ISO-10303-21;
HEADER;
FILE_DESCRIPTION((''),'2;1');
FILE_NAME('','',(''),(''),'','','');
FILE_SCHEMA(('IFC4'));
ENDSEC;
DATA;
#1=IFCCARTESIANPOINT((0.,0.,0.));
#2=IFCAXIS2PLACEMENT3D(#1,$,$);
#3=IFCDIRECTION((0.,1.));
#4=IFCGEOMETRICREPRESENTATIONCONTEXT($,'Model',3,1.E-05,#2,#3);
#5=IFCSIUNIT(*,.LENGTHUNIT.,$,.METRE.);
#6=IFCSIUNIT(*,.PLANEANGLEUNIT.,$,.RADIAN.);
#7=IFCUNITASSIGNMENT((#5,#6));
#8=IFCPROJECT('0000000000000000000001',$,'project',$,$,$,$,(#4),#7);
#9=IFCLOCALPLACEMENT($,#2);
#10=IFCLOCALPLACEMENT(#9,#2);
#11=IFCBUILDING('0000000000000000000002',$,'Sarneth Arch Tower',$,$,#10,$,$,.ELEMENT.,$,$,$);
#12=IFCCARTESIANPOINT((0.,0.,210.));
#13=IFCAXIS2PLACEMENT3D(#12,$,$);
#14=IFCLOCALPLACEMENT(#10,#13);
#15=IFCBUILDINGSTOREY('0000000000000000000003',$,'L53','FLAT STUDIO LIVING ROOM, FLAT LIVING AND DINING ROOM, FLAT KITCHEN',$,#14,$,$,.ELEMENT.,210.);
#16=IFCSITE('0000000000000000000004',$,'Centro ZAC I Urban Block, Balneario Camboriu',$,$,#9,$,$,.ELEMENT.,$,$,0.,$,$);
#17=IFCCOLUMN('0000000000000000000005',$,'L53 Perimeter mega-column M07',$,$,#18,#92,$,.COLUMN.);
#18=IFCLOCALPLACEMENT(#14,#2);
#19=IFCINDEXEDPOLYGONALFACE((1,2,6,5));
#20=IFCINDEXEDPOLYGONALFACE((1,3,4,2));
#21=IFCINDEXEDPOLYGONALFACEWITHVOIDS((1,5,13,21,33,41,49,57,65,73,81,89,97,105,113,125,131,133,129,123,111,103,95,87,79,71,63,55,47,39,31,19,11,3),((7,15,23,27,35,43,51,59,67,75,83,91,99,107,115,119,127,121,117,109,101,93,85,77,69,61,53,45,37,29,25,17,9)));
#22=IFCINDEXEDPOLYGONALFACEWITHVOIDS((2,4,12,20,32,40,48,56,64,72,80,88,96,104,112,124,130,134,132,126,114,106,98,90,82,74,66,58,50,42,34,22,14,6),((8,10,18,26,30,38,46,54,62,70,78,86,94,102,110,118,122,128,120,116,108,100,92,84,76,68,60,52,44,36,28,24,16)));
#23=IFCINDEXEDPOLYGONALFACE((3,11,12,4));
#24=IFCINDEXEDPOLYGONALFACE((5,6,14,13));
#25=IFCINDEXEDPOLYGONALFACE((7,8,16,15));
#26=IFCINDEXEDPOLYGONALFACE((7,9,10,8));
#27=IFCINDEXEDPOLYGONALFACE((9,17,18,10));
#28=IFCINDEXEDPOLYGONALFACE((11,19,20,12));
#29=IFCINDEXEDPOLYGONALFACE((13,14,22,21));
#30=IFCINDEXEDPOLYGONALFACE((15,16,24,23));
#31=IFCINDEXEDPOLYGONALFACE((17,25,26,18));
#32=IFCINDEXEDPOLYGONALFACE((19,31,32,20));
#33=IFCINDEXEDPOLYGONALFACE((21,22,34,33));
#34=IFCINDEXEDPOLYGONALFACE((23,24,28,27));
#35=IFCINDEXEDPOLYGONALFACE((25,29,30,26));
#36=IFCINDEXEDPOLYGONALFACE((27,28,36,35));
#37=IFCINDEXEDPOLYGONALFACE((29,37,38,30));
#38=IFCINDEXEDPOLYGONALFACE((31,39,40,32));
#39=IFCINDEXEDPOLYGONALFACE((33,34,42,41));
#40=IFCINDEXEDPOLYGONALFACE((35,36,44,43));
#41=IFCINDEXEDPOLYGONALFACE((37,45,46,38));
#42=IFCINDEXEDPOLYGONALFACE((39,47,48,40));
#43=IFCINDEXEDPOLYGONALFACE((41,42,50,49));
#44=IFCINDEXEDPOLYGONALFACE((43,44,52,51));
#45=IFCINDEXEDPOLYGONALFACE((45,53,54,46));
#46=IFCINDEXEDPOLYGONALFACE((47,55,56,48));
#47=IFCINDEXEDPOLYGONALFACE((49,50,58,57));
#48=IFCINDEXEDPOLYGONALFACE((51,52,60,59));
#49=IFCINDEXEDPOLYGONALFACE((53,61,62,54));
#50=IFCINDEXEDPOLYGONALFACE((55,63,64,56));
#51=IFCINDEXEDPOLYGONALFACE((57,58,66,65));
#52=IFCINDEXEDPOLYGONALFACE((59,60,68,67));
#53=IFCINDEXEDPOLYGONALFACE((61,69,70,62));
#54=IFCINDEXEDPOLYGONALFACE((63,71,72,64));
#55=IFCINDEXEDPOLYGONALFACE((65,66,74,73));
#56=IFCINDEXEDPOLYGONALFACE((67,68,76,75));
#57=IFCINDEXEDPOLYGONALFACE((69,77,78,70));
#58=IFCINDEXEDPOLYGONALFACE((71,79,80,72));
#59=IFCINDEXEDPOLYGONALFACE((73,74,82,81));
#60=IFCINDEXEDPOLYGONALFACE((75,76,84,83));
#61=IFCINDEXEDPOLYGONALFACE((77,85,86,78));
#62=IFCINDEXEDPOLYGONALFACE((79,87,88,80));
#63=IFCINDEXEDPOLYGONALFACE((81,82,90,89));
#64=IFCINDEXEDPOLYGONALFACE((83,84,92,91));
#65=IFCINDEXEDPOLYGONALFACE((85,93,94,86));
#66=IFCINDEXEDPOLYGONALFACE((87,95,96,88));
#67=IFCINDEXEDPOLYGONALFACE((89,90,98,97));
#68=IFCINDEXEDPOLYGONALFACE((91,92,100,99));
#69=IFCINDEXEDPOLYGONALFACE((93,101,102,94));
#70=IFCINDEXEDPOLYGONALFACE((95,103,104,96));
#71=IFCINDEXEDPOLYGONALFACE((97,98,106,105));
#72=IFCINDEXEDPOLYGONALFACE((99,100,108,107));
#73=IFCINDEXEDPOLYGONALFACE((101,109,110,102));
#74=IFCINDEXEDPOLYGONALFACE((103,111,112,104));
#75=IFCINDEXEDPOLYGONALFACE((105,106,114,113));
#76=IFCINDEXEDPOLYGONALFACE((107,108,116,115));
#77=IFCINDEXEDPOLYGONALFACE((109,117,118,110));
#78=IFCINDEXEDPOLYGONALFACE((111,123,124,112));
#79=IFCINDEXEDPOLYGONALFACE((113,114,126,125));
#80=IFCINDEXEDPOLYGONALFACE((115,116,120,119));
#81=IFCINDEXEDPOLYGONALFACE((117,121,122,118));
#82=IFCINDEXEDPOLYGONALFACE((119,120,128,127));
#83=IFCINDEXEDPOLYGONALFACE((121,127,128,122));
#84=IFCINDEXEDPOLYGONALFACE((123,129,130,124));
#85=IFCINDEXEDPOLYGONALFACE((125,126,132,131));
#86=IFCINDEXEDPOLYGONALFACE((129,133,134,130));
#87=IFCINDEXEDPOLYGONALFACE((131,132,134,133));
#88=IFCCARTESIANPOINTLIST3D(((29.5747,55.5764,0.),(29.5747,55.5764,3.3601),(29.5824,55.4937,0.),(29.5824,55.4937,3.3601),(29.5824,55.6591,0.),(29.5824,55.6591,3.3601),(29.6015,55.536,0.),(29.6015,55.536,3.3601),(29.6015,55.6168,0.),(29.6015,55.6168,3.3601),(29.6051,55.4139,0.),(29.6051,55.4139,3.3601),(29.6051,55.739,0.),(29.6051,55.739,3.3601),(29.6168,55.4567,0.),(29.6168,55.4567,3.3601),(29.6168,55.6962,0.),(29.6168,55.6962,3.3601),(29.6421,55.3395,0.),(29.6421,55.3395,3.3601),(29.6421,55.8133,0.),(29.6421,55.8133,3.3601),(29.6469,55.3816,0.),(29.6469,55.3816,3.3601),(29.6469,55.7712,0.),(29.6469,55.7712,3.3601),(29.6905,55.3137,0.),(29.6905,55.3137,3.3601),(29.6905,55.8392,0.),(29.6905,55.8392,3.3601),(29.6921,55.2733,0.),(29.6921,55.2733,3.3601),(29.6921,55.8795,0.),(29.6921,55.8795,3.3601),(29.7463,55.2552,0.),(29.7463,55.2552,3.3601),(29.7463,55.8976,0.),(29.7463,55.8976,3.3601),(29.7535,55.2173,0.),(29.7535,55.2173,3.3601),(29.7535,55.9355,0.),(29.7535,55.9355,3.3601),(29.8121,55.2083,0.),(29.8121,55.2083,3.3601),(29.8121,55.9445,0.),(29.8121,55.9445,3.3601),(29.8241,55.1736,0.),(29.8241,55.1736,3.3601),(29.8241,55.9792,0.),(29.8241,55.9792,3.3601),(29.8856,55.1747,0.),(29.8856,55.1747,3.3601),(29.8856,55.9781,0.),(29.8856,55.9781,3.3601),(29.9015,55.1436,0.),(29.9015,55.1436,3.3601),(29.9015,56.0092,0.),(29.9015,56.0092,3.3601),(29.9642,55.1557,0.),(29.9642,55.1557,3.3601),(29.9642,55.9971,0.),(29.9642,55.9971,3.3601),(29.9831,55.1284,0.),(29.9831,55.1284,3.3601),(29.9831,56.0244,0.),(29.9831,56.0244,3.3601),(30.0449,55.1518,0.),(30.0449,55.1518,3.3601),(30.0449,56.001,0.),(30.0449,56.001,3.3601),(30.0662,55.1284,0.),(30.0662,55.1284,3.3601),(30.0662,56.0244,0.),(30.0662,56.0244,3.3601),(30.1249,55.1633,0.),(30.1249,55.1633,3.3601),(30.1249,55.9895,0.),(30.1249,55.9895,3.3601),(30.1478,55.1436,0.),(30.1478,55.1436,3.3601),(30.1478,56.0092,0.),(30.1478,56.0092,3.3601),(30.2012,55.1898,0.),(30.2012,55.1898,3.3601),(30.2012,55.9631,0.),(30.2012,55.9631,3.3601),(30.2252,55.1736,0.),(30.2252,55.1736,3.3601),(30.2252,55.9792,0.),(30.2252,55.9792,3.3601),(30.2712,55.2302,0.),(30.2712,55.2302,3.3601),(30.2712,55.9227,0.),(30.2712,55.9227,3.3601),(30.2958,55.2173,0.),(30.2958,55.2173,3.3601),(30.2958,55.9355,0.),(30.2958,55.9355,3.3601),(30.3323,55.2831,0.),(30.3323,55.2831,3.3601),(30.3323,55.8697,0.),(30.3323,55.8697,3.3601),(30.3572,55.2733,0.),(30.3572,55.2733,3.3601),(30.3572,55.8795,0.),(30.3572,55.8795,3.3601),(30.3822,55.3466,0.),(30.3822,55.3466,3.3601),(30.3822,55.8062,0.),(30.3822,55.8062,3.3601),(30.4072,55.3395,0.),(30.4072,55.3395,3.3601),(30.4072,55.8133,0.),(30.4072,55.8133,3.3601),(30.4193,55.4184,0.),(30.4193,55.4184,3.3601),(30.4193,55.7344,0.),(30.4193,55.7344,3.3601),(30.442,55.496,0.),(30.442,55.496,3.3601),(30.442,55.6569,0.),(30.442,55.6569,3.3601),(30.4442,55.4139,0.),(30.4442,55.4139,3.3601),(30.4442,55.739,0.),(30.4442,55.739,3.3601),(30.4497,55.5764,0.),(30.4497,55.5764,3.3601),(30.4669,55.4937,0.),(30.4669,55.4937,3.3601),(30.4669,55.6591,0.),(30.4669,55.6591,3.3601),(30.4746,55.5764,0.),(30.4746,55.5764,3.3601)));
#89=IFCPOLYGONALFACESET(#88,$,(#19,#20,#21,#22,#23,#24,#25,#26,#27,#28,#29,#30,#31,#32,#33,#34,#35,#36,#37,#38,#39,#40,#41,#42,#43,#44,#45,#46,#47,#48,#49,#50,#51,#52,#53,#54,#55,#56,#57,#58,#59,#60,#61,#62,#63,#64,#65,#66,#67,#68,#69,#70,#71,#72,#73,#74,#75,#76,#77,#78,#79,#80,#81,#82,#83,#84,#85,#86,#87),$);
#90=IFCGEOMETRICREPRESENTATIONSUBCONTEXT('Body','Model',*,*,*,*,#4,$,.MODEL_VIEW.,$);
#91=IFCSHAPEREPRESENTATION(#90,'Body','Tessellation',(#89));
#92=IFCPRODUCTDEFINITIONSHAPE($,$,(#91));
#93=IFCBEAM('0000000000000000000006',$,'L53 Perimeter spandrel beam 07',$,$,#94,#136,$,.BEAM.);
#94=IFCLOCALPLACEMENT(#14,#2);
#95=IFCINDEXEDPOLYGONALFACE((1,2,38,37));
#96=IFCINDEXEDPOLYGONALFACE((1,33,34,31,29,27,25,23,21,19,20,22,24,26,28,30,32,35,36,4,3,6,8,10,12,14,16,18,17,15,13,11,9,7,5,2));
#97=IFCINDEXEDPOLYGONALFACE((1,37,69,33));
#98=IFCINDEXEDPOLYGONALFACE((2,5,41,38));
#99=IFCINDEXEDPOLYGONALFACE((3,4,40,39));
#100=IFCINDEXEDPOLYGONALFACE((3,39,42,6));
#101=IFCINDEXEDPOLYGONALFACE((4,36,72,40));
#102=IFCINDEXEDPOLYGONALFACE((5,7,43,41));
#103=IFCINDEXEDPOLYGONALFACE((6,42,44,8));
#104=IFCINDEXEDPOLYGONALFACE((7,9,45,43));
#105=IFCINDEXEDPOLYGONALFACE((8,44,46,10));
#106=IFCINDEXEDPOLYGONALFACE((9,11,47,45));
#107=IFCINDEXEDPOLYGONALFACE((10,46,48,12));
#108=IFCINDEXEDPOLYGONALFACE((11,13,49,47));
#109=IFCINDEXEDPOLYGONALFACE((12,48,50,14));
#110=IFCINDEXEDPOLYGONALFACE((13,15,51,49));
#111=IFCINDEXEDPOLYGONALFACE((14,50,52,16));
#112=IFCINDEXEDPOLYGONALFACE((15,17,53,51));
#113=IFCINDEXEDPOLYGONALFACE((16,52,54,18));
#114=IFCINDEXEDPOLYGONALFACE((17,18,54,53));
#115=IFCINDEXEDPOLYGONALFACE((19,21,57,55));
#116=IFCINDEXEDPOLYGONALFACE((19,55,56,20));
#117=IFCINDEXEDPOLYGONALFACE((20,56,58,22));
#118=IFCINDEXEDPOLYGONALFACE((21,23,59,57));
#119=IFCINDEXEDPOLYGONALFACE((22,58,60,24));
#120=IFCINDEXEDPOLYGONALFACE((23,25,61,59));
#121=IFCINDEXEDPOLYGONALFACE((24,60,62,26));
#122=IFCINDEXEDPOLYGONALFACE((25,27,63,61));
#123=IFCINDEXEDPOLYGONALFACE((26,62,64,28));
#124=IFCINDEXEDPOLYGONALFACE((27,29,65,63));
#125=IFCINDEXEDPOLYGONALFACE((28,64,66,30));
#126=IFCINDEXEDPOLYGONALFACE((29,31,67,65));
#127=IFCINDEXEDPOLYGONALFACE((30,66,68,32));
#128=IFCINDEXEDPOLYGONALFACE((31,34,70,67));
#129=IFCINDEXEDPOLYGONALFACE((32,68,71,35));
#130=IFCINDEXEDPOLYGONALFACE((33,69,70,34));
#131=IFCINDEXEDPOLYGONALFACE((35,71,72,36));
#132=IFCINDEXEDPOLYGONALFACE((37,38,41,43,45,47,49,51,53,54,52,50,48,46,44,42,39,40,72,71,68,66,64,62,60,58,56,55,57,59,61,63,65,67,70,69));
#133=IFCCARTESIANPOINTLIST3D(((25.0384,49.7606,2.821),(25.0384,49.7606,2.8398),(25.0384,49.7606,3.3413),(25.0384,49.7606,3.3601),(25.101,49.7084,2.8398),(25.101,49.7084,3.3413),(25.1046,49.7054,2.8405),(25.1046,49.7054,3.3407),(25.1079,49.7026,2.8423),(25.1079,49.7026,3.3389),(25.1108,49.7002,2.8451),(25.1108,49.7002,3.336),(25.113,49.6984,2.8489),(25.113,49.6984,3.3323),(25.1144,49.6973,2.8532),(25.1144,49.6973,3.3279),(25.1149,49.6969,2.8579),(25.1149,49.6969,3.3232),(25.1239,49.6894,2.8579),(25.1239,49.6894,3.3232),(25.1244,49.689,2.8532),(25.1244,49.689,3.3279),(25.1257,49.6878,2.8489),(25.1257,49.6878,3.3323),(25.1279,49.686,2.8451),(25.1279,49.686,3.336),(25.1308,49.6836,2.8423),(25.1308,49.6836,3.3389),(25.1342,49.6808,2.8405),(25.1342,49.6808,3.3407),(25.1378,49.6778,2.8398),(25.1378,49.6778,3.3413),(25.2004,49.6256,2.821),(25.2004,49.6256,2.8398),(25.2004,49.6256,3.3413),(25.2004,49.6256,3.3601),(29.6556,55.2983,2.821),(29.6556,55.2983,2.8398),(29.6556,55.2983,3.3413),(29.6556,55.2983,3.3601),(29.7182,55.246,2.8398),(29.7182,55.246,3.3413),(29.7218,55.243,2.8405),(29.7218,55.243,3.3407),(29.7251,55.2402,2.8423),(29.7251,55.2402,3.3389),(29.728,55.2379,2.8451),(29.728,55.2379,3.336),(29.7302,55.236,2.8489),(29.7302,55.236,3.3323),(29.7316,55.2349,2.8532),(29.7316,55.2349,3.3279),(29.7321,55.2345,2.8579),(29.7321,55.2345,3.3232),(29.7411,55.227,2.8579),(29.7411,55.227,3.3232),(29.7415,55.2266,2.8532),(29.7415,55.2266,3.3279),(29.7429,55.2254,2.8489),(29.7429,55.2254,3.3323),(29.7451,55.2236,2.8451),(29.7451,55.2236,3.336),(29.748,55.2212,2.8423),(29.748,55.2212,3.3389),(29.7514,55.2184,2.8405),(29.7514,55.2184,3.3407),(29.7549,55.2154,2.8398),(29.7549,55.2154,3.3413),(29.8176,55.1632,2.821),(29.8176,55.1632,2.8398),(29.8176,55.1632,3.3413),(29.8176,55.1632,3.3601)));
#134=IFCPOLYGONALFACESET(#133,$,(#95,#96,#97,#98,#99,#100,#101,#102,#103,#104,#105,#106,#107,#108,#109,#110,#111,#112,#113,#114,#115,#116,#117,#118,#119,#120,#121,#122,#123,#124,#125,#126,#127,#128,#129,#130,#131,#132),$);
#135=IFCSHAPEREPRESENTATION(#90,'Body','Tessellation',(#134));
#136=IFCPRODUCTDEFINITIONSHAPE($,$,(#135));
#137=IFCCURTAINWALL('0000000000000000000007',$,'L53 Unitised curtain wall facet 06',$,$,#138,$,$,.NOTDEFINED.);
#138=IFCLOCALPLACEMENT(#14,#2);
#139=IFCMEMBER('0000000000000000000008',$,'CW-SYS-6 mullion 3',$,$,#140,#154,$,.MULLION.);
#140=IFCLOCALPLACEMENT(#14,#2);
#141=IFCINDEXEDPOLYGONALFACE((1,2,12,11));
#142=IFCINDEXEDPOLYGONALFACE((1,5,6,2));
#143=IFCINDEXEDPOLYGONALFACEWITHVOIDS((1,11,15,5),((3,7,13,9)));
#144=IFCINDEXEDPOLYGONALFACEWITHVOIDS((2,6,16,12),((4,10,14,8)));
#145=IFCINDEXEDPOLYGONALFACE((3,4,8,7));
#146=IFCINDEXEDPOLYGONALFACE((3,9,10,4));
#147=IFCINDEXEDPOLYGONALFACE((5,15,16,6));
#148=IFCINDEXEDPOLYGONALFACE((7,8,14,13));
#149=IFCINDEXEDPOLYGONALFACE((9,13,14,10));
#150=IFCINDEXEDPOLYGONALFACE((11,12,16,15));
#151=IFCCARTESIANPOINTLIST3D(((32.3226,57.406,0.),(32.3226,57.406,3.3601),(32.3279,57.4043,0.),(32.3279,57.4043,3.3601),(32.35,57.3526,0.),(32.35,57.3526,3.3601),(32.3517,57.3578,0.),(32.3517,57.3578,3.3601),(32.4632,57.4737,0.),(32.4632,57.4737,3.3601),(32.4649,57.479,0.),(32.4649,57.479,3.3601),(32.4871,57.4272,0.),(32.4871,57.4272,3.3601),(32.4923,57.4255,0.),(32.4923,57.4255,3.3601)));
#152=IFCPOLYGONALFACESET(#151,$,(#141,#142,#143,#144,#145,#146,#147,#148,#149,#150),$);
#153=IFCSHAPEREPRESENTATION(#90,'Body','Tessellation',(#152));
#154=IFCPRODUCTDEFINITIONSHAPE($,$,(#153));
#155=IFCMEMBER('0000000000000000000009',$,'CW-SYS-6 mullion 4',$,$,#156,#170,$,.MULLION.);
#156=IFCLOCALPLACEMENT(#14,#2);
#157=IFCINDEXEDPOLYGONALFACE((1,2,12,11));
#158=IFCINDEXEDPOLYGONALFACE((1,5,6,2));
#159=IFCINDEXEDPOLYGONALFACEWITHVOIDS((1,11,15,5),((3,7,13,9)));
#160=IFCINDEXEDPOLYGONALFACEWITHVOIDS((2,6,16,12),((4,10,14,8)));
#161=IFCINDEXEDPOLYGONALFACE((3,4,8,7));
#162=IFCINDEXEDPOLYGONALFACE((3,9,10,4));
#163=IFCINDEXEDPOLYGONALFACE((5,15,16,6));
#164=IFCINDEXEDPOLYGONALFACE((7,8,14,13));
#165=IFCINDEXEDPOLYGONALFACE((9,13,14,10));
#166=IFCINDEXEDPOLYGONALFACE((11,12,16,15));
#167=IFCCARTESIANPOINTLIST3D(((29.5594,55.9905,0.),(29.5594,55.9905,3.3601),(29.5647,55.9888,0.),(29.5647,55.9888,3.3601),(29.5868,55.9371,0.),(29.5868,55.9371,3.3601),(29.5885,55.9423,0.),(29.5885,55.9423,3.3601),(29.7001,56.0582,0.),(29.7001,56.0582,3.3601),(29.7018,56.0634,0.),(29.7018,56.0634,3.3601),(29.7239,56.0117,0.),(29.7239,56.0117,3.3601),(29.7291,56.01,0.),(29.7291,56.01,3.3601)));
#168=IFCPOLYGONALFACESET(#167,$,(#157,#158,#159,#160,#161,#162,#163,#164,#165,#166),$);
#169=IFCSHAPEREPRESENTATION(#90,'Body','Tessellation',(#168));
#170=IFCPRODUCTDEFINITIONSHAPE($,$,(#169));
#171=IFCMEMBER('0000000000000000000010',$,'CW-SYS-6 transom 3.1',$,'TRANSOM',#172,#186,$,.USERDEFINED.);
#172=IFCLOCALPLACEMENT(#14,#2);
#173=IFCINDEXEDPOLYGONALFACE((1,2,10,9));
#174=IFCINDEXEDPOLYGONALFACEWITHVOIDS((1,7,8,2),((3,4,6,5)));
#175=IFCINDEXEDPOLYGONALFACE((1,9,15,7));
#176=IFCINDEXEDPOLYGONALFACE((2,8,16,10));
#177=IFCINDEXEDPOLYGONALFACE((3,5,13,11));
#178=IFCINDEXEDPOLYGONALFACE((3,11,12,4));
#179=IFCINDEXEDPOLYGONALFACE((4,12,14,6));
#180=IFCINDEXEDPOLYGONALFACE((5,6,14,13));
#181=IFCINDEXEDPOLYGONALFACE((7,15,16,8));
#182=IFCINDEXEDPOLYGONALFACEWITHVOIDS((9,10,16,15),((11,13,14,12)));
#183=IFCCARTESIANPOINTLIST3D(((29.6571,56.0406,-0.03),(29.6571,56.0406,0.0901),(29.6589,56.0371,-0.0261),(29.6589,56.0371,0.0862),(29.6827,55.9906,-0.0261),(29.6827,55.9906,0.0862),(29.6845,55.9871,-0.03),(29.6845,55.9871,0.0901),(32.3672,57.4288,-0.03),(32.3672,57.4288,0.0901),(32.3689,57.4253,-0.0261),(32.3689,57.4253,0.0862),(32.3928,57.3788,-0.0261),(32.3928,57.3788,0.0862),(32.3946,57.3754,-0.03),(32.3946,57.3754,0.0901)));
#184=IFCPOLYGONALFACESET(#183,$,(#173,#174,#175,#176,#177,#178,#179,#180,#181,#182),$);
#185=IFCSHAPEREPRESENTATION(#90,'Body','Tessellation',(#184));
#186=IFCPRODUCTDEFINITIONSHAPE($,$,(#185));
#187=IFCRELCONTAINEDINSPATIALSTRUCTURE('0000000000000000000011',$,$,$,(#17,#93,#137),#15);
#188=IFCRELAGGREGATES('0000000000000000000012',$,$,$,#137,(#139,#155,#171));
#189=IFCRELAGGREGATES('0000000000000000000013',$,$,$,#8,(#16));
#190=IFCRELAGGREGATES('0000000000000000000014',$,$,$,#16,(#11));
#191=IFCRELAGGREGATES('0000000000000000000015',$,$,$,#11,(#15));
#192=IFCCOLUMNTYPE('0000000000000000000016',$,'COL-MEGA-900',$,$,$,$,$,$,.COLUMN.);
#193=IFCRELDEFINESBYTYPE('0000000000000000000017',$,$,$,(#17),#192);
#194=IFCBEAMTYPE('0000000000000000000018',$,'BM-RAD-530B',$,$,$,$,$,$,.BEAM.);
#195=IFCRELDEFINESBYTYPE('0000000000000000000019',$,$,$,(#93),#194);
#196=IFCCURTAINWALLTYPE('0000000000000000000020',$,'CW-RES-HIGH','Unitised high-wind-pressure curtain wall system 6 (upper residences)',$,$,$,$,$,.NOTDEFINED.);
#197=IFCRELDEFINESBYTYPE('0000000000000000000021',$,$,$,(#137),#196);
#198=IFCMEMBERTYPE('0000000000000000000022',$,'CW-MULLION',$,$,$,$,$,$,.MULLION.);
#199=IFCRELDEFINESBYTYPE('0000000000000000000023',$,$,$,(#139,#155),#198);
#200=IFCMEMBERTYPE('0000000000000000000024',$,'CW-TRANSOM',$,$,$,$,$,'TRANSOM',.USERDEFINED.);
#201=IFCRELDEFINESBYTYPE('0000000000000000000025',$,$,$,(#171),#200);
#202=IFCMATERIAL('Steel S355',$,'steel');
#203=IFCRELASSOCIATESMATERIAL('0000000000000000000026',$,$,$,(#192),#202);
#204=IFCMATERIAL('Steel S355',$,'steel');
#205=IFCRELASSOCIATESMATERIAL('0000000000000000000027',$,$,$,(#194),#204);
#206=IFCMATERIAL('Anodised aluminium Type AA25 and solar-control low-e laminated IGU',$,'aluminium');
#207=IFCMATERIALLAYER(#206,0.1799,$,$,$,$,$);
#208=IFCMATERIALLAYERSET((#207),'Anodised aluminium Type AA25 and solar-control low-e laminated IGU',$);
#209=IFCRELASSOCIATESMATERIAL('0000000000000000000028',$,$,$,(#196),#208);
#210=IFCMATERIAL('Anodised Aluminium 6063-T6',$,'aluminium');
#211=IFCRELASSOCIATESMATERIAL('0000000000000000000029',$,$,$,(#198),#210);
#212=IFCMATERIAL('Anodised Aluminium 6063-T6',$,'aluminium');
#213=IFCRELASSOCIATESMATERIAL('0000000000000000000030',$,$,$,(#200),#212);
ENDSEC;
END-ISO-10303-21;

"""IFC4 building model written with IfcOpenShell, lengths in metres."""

from ifc_helpers import new_model, si_unit, direction, frame, origin, origin_2d, place, context, subcontext, project, spatial, hollow_rectangle, hollow_circle, i_section, extrude, material, layer, layer_set, material_profile, profile_set, type_object, element, aggregate, save


model = new_model("IFC4")

# Units and contexts
model_context = context("Model", 3, precision=1e-05, world=origin(), true_north=direction((0.0, 1.0)))
body_context = subcontext(model_context, "Body", "Model", "MODEL_VIEW")
ifc_project = project(units=[si_unit("LENGTHUNIT", "METRE"), si_unit("PLANEANGLEUNIT", "RADIAN")], contexts=[model_context])

# Site, building, storey
site_placement = place(None, origin())
site = spatial("IfcSite", under=ifc_project, at=site_placement, Name="Centro ZAC I Urban Block, Balneario Camboriu", CompositionType="ELEMENT", RefElevation=0.0)
building_placement = place(site_placement, origin())
building = spatial("IfcBuilding", under=site, at=building_placement, Name="Sarneth Arch Tower", CompositionType="ELEMENT")
storey_placement = place(building_placement, frame((0.0, 0.0, 210.0)))
storey = spatial("IfcBuildingStorey", under=building, at=storey_placement, Name="L53", Description="FLAT STUDIO LIVING ROOM, FLAT LIVING AND DINING ROOM, FLAT KITCHEN", CompositionType="ELEMENT", Elevation=210.0)

# Column
ifc_material_1 = material(Name="Steel S355", Category="steel")
ifc_material_profile_1 = material_profile(ifc_material_1, hollow_circle(Radius=0.45, WallThickness=0.0249, at=origin_2d()), Name="CHS900x25")
ifc_profile_set_1 = profile_set([ifc_material_profile_1], Name="Steel S355")
column_type = type_object("IfcColumnType", Name="COL-MEGA-900", PredefinedType="COLUMN", material=ifc_profile_set_1)
column_placement = place(storey_placement, frame((30.0247, 55.5764, 0.0), z_axis=(0.0, 0.0, 1.0), x_axis=(1.0, 0.0, 0.0)))
element("IfcColumn", 1, at=column_placement, inside=storey, type_object=column_type, Name="L53 Perimeter mega-column M07", PredefinedType="COLUMN", context=body_context, shape_type="SweptSolid", body=[
    extrude(hollow_circle(Radius=0.45, WallThickness=0.0249, at=origin_2d()), origin(), (0.0, 0.0, 1.0), 3.3601),
])

# Beam
ifc_material_2 = material(Name="Steel S355", Category="steel")
ifc_material_profile_2 = material_profile(ifc_material_2, i_section(OverallWidth=0.2109, OverallDepth=0.5391, WebThickness=0.0117, FlangeThickness=0.0188, FilletRadius=0.0181, at=origin_2d()), Name="W530x109")
ifc_profile_set_2 = profile_set([ifc_material_profile_2], Name="Steel S355")
beam_type = type_object("IfcBeamType", Name="BM-RAD-530B", PredefinedType="BEAM", material=ifc_profile_set_2)
beam_placement = place(storey_placement, frame((29.7366, 55.2307, 3.0906), z_axis=(-0.640391, -0.768049, 0.0), x_axis=(0.768049, -0.640391, 0.0)))
element("IfcBeam", 2, at=beam_placement, inside=storey, type_object=beam_type, Name="L53 Perimeter spandrel beam 07", PredefinedType="BEAM", context=body_context, shape_type="SweptSolid", body=[
    extrude(i_section(OverallWidth=0.2109, OverallDepth=0.5391, WebThickness=0.0117, FlangeThickness=0.0188, FilletRadius=0.0181, at=origin_2d()), origin(), (0.0, 0.0, 1.0), 7.21),
])

# Curtain wall, members
ifc_material_3 = material(Name="Anodised aluminium Type AA25 and solar-control low-e laminated IGU", Category="aluminium")
ifc_layer_1 = layer(ifc_material_3, 0.1799)
ifc_layer_set_1 = layer_set([ifc_layer_1], Name="Anodised aluminium Type AA25 and solar-control low-e laminated IGU")
curtain_wall_type = type_object("IfcCurtainWallType", Name="CW-RES-HIGH", Description="Unitised high-wind-pressure curtain wall system 6 (upper residences)", PredefinedType="NOTDEFINED", material=ifc_layer_set_1)
curtain_wall_placement = place(storey_placement, origin())
curtain_wall = element("IfcCurtainWall", 3, at=curtain_wall_placement, inside=storey, type_object=curtain_wall_type, Name="L53 Unitised curtain wall facet 06", PredefinedType="NOTDEFINED")
ifc_material_4 = material(Name="Anodised Aluminium 6063-T6", Category="aluminium")
ifc_material_profile_3 = material_profile(ifc_material_4, hollow_rectangle(XDim=0.0601, YDim=0.1599, WallThickness=0.0039, at=origin_2d()), Name="AL-MULL-160x60x4")
ifc_profile_set_3 = profile_set([ifc_material_profile_3], Name="Anodised Aluminium 6063-T6")
member_type_1 = type_object("IfcMemberType", Name="CW-MULLION", PredefinedType="MULLION", material=ifc_profile_set_3)
member_1_placement = place(storey_placement, frame((32.4075, 57.4158, 0.0), z_axis=(0.0, 0.0, 1.0), x_axis=(0.455942, -0.89001, 0.0)))
member_1 = element("IfcMember", 4, at=member_1_placement, type_object=member_type_1, Name="CW-SYS-6 mullion 3", PredefinedType="MULLION", context=body_context, shape_type="SweptSolid", body=[
    extrude(hollow_rectangle(XDim=0.0601, YDim=0.1599, WallThickness=0.0039, at=origin_2d()), origin(), (0.0, 0.0, 1.0), 3.3601),
])
member_2_placement = place(storey_placement, frame((29.6443, 56.0002, 0.0), z_axis=(0.0, 0.0, 1.0), x_axis=(0.455942, -0.89001, 0.0)))
member_2 = element("IfcMember", 5, at=member_2_placement, type_object=member_type_1, Name="CW-SYS-6 mullion 4", PredefinedType="MULLION", context=body_context, shape_type="SweptSolid", body=[
    extrude(hollow_rectangle(XDim=0.0601, YDim=0.1599, WallThickness=0.0039, at=origin_2d()), origin(), (0.0, 0.0, 1.0), 3.3601),
])
ifc_material_5 = material(Name="Anodised Aluminium 6063-T6", Category="aluminium")
ifc_material_profile_4 = material_profile(ifc_material_5, hollow_rectangle(XDim=0.0601, YDim=0.1201, WallThickness=0.0039, at=origin_2d()), Name="AL-TRAN-120x60x4")
ifc_profile_set_4 = profile_set([ifc_material_profile_4], Name="Anodised Aluminium 6063-T6")
member_type_2 = type_object("IfcMemberType", Name="CW-TRANSOM", ElementType="TRANSOM", PredefinedType="USERDEFINED", material=ifc_profile_set_4)
member_3_placement = place(storey_placement, frame((32.3809, 57.4021, 0.03), z_axis=(-0.890023, -0.455916, 0.0), x_axis=(0.455916, -0.890023, 0.0)))
member_3 = element("IfcMember", 6, at=member_3_placement, type_object=member_type_2, Name="CW-SYS-6 transom 3.1", ObjectType="TRANSOM", PredefinedType="USERDEFINED", context=body_context, shape_type="SweptSolid", body=[
    extrude(hollow_rectangle(XDim=0.0601, YDim=0.1201, WallThickness=0.0039, at=origin_2d()), origin(), (0.0, 0.0, 1.0), 3.0449),
])

aggregate(curtain_wall, [member_1, member_2, member_3])

save(model, "model.ifc")
